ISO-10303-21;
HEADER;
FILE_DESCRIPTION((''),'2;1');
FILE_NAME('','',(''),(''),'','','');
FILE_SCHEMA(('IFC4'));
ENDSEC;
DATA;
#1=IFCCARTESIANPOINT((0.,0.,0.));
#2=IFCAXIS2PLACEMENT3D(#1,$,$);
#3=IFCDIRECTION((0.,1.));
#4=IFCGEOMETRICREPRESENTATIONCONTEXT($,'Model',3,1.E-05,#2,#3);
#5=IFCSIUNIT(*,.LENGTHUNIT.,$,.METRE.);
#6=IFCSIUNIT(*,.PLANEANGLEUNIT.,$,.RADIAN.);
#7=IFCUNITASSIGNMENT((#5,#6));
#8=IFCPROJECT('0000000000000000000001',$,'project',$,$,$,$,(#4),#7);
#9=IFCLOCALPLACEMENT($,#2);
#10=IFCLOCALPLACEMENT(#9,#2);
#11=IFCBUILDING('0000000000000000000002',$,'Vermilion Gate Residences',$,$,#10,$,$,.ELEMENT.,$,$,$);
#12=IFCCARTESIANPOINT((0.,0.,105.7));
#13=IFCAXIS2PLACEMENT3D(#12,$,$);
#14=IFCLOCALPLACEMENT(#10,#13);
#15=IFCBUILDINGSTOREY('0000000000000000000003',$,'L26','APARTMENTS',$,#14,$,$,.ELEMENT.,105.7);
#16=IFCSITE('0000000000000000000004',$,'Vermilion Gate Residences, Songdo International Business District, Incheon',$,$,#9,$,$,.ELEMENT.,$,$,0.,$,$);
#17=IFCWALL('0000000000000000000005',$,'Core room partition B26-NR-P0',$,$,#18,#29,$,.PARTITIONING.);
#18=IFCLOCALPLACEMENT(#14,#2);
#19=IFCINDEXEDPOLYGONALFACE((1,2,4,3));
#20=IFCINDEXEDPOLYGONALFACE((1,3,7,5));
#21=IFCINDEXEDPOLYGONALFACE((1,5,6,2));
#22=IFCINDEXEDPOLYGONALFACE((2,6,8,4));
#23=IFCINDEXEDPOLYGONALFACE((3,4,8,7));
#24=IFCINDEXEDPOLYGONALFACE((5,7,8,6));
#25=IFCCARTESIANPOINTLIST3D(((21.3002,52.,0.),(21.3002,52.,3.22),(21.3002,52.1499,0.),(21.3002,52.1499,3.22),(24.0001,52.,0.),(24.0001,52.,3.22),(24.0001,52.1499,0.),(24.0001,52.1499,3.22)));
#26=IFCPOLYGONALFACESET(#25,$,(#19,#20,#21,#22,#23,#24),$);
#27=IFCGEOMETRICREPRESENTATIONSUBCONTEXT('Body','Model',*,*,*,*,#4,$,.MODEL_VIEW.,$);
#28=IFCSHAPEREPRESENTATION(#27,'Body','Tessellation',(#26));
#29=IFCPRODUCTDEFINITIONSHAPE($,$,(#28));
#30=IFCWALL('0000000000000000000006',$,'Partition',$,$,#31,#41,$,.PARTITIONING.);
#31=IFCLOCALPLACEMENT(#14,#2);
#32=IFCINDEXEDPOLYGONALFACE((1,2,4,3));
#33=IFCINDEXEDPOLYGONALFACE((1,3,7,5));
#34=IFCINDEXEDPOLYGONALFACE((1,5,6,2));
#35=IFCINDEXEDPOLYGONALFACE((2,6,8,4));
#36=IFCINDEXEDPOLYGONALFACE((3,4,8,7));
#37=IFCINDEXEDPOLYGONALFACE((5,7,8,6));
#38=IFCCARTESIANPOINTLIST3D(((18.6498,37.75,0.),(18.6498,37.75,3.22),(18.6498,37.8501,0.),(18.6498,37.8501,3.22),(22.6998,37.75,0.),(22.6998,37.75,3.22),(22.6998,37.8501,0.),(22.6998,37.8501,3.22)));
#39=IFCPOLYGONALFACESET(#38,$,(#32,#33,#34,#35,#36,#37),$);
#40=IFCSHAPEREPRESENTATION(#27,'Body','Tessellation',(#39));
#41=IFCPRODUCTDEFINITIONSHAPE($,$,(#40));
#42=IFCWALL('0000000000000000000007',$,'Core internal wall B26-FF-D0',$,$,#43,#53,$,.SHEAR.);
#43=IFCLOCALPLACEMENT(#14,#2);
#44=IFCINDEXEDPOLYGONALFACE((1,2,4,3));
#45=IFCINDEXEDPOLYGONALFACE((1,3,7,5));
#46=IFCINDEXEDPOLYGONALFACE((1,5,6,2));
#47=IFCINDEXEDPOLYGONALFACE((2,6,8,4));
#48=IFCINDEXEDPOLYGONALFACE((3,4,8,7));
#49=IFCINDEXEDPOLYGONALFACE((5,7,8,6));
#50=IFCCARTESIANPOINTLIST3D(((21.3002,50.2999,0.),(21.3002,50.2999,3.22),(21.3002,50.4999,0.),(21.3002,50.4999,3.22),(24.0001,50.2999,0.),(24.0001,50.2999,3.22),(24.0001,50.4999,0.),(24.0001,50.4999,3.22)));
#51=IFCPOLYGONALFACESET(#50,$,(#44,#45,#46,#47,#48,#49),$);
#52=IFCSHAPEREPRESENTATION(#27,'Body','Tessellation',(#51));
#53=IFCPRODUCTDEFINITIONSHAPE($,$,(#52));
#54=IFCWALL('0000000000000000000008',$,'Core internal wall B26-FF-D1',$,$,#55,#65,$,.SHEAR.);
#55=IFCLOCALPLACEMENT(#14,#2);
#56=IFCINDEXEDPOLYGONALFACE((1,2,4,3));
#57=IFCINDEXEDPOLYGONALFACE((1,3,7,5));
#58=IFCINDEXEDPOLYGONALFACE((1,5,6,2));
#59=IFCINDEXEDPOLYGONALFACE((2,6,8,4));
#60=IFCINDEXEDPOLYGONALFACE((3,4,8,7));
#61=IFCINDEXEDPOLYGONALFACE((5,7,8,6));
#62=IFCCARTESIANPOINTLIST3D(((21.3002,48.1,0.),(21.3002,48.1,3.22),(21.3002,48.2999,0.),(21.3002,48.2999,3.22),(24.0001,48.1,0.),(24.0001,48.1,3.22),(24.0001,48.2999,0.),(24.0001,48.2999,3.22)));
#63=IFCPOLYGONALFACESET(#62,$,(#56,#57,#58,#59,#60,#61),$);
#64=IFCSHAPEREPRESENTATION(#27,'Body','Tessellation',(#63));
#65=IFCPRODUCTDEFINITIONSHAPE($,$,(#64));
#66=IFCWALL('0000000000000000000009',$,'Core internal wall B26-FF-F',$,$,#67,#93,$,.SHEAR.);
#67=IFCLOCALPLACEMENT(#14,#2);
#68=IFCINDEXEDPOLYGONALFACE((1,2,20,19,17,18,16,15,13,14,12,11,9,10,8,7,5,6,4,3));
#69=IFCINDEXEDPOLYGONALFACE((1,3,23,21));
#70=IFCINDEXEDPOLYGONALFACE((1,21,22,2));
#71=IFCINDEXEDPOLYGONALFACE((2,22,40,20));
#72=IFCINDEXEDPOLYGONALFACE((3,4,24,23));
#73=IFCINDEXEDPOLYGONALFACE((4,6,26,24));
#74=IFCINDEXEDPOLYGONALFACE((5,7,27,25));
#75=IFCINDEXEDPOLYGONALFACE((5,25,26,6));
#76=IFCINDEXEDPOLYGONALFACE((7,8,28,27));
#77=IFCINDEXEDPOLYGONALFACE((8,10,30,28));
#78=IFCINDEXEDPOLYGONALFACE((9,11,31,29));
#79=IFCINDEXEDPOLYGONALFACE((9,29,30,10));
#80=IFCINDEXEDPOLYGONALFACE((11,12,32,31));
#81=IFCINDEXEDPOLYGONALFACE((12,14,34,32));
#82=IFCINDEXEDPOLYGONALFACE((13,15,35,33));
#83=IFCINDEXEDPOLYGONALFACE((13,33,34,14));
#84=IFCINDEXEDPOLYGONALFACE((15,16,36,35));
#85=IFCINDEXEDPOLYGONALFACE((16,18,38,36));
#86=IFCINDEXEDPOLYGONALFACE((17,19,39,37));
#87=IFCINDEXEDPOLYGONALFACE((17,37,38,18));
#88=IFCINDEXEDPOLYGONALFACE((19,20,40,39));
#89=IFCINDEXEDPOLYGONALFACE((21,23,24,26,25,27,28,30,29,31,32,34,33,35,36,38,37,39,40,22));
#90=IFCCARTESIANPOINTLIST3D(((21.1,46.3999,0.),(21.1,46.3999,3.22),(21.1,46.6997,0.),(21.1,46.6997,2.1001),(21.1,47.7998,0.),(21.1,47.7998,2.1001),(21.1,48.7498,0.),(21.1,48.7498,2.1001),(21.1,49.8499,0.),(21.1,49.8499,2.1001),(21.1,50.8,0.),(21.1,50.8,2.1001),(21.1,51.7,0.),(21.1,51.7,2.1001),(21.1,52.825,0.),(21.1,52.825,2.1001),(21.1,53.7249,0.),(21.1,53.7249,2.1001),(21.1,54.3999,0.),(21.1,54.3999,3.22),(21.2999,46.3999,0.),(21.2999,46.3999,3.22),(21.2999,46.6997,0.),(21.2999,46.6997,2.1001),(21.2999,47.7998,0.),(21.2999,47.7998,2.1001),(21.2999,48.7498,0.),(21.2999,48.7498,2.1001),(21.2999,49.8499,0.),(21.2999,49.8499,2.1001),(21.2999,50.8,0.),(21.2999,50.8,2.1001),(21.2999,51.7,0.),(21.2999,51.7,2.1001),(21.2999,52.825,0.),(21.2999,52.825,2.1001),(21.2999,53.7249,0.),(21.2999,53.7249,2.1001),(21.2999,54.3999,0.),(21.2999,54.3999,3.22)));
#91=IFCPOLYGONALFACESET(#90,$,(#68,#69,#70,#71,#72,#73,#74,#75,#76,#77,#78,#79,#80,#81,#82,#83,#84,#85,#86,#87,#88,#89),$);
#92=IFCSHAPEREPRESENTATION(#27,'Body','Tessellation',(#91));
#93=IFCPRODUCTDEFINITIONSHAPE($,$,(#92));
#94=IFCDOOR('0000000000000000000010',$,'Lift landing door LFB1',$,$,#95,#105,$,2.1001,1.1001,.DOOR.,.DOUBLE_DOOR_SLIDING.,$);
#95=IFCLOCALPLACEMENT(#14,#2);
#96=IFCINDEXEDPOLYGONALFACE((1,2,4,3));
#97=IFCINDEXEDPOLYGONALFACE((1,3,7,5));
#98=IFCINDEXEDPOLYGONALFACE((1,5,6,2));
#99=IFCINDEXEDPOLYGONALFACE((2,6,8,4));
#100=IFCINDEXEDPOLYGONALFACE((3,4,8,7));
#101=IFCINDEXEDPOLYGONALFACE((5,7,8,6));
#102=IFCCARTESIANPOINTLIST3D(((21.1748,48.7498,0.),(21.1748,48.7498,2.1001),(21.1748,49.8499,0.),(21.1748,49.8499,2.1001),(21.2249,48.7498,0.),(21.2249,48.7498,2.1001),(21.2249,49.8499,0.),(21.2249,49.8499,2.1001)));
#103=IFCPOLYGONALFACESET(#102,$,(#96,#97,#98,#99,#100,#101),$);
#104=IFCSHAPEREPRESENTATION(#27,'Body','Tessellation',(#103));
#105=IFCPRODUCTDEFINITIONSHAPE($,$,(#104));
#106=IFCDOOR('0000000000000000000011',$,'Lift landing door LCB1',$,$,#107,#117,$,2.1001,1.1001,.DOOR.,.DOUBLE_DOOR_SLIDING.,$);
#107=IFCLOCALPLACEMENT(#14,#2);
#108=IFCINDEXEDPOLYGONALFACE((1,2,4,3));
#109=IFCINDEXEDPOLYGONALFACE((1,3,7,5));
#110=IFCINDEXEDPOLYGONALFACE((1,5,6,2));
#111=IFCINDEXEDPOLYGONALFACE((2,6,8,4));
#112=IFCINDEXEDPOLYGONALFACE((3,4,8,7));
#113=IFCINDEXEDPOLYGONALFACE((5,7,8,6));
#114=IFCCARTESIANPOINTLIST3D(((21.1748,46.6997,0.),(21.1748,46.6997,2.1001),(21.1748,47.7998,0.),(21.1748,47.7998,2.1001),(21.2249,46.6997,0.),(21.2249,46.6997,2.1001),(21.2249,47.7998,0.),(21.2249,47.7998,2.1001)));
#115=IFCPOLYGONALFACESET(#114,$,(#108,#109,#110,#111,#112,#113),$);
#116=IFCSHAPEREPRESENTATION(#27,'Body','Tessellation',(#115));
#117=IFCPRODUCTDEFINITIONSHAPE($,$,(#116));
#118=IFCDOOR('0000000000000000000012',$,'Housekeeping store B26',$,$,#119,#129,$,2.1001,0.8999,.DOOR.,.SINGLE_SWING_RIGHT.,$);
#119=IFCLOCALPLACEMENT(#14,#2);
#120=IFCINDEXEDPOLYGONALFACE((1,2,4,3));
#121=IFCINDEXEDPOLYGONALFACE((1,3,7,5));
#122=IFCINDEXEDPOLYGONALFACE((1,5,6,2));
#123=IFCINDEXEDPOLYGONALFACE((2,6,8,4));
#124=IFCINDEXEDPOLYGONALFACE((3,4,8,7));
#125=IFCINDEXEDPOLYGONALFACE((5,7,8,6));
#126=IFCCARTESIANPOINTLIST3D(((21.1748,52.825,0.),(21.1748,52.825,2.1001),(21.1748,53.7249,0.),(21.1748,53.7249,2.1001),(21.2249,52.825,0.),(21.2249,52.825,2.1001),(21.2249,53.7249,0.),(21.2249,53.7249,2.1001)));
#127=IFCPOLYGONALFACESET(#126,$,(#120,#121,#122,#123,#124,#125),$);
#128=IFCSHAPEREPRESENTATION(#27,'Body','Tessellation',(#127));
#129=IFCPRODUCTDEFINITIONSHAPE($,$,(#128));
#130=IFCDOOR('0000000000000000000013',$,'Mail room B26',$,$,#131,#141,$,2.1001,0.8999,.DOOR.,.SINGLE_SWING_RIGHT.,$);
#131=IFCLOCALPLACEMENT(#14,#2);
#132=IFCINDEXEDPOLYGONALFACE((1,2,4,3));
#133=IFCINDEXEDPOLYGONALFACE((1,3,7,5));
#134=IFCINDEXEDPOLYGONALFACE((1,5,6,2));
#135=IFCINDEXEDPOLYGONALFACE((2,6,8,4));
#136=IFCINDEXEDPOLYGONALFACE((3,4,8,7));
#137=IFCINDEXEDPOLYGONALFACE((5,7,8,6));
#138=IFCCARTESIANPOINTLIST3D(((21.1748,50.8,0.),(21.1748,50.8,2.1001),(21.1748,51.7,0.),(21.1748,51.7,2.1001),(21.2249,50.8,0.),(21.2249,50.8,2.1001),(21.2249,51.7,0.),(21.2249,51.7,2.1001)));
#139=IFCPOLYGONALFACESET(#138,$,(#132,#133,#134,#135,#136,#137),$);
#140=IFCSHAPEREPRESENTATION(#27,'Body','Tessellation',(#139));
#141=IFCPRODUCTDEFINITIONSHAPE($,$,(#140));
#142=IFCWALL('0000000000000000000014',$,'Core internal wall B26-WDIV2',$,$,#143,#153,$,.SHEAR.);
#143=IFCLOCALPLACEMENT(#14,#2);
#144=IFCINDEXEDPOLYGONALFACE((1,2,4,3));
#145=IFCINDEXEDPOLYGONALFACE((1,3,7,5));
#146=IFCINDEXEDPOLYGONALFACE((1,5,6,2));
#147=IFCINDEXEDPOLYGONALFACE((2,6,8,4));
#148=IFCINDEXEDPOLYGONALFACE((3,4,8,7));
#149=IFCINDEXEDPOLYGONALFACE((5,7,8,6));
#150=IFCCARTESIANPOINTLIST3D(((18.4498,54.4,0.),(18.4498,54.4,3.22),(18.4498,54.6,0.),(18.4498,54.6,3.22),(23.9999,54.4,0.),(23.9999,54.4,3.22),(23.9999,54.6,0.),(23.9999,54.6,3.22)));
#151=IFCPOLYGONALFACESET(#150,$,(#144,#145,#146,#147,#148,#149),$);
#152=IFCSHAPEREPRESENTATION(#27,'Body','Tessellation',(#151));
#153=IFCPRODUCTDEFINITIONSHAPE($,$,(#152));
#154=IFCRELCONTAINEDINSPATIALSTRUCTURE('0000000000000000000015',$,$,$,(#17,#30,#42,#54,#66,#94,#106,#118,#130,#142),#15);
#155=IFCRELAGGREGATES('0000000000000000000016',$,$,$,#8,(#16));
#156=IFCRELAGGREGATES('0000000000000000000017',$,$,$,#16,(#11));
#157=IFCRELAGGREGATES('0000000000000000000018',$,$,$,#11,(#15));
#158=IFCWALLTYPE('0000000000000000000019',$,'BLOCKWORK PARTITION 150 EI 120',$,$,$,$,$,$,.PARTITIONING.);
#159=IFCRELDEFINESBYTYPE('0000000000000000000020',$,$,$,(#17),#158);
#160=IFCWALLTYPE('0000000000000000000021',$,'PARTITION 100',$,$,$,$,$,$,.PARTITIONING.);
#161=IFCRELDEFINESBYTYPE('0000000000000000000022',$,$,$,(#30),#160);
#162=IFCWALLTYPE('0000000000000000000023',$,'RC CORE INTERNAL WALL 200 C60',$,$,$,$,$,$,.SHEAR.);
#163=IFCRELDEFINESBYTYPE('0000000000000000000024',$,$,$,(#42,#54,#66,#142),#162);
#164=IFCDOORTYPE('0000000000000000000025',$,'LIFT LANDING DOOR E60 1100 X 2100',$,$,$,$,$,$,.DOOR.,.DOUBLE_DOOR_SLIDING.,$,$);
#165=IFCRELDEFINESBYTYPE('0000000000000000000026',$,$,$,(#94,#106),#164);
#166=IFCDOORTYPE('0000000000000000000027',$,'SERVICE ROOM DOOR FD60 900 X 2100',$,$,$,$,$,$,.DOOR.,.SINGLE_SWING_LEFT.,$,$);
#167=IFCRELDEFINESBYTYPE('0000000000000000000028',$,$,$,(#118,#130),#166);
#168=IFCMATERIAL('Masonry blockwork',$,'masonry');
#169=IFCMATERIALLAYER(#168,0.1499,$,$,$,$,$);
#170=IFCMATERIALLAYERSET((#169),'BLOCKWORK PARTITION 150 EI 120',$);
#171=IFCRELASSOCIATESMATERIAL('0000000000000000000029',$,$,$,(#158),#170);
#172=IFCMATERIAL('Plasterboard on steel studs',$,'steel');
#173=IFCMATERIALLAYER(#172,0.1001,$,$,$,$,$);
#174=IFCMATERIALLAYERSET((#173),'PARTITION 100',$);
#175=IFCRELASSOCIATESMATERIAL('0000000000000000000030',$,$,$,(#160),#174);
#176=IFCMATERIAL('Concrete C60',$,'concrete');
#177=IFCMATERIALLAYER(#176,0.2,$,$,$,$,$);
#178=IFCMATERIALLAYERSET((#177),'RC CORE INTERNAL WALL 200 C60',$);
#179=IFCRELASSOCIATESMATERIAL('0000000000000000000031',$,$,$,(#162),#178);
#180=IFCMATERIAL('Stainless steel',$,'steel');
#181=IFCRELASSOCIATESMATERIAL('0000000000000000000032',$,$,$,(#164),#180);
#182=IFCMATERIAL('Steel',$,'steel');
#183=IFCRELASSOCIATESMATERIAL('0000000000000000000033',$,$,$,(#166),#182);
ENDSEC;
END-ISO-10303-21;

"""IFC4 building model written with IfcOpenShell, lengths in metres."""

from ifc_helpers import new_model, si_unit, direction, frame, frame_2d, origin, place, context, subcontext, project, spatial, rectangle, extrude, material, layer, layer_set, type_object, element, fill, save


model = new_model("IFC4")

# Units and contexts
model_context = context("Model", 3, precision=1e-05, world=origin(), true_north=direction((0.0, 1.0)))
body_context = subcontext(model_context, "Body", "Model", "MODEL_VIEW")
ifc_project = project(units=[si_unit("LENGTHUNIT", "METRE"), si_unit("PLANEANGLEUNIT", "RADIAN")], contexts=[model_context])

# Site, building, storey
site_placement = place(None, origin())
site = spatial("IfcSite", under=ifc_project, at=site_placement, Name="Vermilion Gate Residences, Songdo International Business District, Incheon", CompositionType="ELEMENT", RefElevation=0.0)
building_placement = place(site_placement, origin())
building = spatial("IfcBuilding", under=site, at=building_placement, Name="Vermilion Gate Residences", CompositionType="ELEMENT")
storey_placement = place(building_placement, frame((0.0, 0.0, 105.7)))
storey = spatial("IfcBuildingStorey", under=building, at=storey_placement, Name="L26", Description="APARTMENTS", CompositionType="ELEMENT", Elevation=105.7)

# Walls
ifc_material_1 = material(Name="Masonry blockwork", Category="masonry")
ifc_layer_1 = layer(ifc_material_1, 0.1499)
ifc_layer_set_1 = layer_set([ifc_layer_1], Name="BLOCKWORK PARTITION 150 EI 120")
wall_type_1 = type_object("IfcWallType", Name="BLOCKWORK PARTITION 150 EI 120", PredefinedType="PARTITIONING", material=ifc_layer_set_1)
wall_1_placement = place(storey_placement, frame((21.3, 52.075, 0.0), z_axis=(0.0, 0.0, 1.0), x_axis=(1.0, 0.0, 0.0)))
element("IfcWall", 1, at=wall_1_placement, inside=storey, type_object=wall_type_1, Name="Core room partition B26-NR-P0", PredefinedType="PARTITIONING", context=body_context, shape_type="SweptSolid", body=[
    extrude(rectangle(XDim=2.7, YDim=0.1499, at=frame_2d((1.3501, 0.0))), origin(), (0.0, 0.0, 1.0), 3.22),
])
ifc_material_2 = material(Name="Plasterboard on steel studs", Category="steel")
ifc_layer_2 = layer(ifc_material_2, 0.1001)
ifc_layer_set_2 = layer_set([ifc_layer_2], Name="PARTITION 100")
wall_type_2 = type_object("IfcWallType", Name="PARTITION 100", PredefinedType="PARTITIONING", material=ifc_layer_set_2)
wall_2_placement = place(storey_placement, frame((18.6499, 37.8, 0.0), z_axis=(0.0, 0.0, 1.0), x_axis=(1.0, 0.0, 0.0)))
element("IfcWall", 2, at=wall_2_placement, inside=storey, type_object=wall_type_2, Name="Partition", PredefinedType="PARTITIONING", context=body_context, shape_type="SweptSolid", body=[
    extrude(rectangle(XDim=4.05, YDim=0.1001, at=frame_2d((2.0249, 0.0))), origin(), (0.0, 0.0, 1.0), 3.22),
])
ifc_material_3 = material(Name="Concrete C60", Category="concrete")
ifc_layer_3 = layer(ifc_material_3, 0.2)
ifc_layer_set_3 = layer_set([ifc_layer_3], Name="RC CORE INTERNAL WALL 200 C60")
wall_type_3 = type_object("IfcWallType", Name="RC CORE INTERNAL WALL 200 C60", PredefinedType="SHEAR", material=ifc_layer_set_3)
for number, where, z_axis, x_axis, name in (
    (3, (21.3, 50.3999, 0.0), (0.0, 0.0, 1.0), (1.0, 0.0, 0.0), "Core internal wall B26-FF-D0"),
    (4, (21.3, 48.2, 0.0), (0.0, 0.0, 1.0), (1.0, 0.0, 0.0), "Core internal wall B26-FF-D1"),
):
    element("IfcWall", number, at=place(storey_placement, frame(where, z_axis=z_axis, x_axis=x_axis)), inside=storey, type_object=wall_type_3, Name=name, PredefinedType="SHEAR", context=body_context, shape_type="SweptSolid", body=[
        extrude(rectangle(XDim=2.7, YDim=0.2, at=frame_2d((1.3501, 0.0))), origin(), (0.0, 0.0, 1.0), 3.22),
    ])

# Wall, openings, doors
wall_3_placement = place(storey_placement, frame((21.2, 54.3999, 0.0), z_axis=(0.0, 0.0, 1.0), x_axis=(0.0, -1.0, 0.0)))
wall_3 = element("IfcWall", 5, at=wall_3_placement, inside=storey, type_object=wall_type_3, Name="Core internal wall B26-FF-F", PredefinedType="SHEAR", context=body_context, shape_type="SweptSolid", body=[
    extrude(rectangle(XDim=8.0, YDim=0.2, at=frame_2d((4.0, 0.0))), origin(), (0.0, 0.0, 1.0), 3.22),
])
opening_1_placement = place(wall_3_placement, frame((0.675, 0.0, 0.0)))
opening_1 = element("IfcOpeningElement", 6, at=opening_1_placement, cuts=wall_3, PredefinedType="OPENING", context=body_context, shape_type="SweptSolid", body=[
    extrude(rectangle(XDim=0.8999, YDim=2.1001, at=frame_2d((0.45, 1.05))), frame((0.0, 0.1099, 0.0), z_axis=(0.0, -1.0, 0.0), x_axis=(1.0, 0.0, 0.0)), (0.0, 0.0, 1.0), 0.22),
])
opening_2_placement = place(wall_3_placement, frame((2.7, 0.0, 0.0)))
opening_2 = element("IfcOpeningElement", 7, at=opening_2_placement, cuts=wall_3, PredefinedType="OPENING", context=body_context, shape_type="SweptSolid", body=[
    extrude(rectangle(XDim=0.8999, YDim=2.1001, at=frame_2d((0.45, 1.05))), frame((0.0, 0.1099, 0.0), z_axis=(0.0, -1.0, 0.0), x_axis=(1.0, 0.0, 0.0)), (0.0, 0.0, 1.0), 0.22),
])
opening_3_placement = place(wall_3_placement, frame((4.55, 0.0, 0.0)))
opening_3 = element("IfcOpeningElement", 8, at=opening_3_placement, cuts=wall_3, PredefinedType="OPENING", context=body_context, shape_type="SweptSolid", body=[
    extrude(rectangle(XDim=1.1001, YDim=2.1001, at=frame_2d((0.55, 1.05))), frame((0.0, 0.1099, 0.0), z_axis=(0.0, -1.0, 0.0), x_axis=(1.0, 0.0, 0.0)), (0.0, 0.0, 1.0), 0.22),
])
opening_4_placement = place(wall_3_placement, frame((6.6001, 0.0, 0.0)))
opening_4 = element("IfcOpeningElement", 9, at=opening_4_placement, cuts=wall_3, PredefinedType="OPENING", context=body_context, shape_type="SweptSolid", body=[
    extrude(rectangle(XDim=1.1001, YDim=2.1001, at=frame_2d((0.55, 1.05))), frame((0.0, 0.1099, 0.0), z_axis=(0.0, -1.0, 0.0), x_axis=(1.0, 0.0, 0.0)), (0.0, 0.0, 1.0), 0.22),
])
ifc_material_4 = material(Name="Stainless steel", Category="steel")
door_type_1 = type_object("IfcDoorType", Name="LIFT LANDING DOOR E60 1100 X 2100", OperationType="DOUBLE_DOOR_SLIDING", PredefinedType="DOOR", material=ifc_material_4)
door_1_placement = place(opening_3_placement, origin())
door_1 = element("IfcDoor", 10, at=door_1_placement, inside=storey, type_object=door_type_1, Name="Lift landing door LFB1", OperationType="DOUBLE_DOOR_SLIDING", OverallHeight=2.1001, OverallWidth=1.1001, PredefinedType="DOOR", context=body_context, shape_type="SweptSolid", body=[
    extrude(rectangle(XDim=1.1001, YDim=2.1001, at=frame_2d((0.55, 1.05))), frame((0.0, 0.0249, 0.0), z_axis=(0.0, -1.0, 0.0), x_axis=(1.0, 0.0, 0.0)), (0.0, 0.0, 1.0), 0.05),
])
fill(opening_3, door_1)
door_2_placement = place(opening_4_placement, origin())
door_2 = element("IfcDoor", 11, at=door_2_placement, inside=storey, type_object=door_type_1, Name="Lift landing door LCB1", OperationType="DOUBLE_DOOR_SLIDING", OverallHeight=2.1001, OverallWidth=1.1001, PredefinedType="DOOR", context=body_context, shape_type="SweptSolid", body=[
    extrude(rectangle(XDim=1.1001, YDim=2.1001, at=frame_2d((0.55, 1.05))), frame((0.0, 0.0249, 0.0), z_axis=(0.0, -1.0, 0.0), x_axis=(1.0, 0.0, 0.0)), (0.0, 0.0, 1.0), 0.05),
])
fill(opening_4, door_2)
ifc_material_5 = material(Name="Steel", Category="steel")
door_type_2 = type_object("IfcDoorType", Name="SERVICE ROOM DOOR FD60 900 X 2100", OperationType="SINGLE_SWING_LEFT", PredefinedType="DOOR", material=ifc_material_5)
door_3_placement = place(opening_1_placement, origin())
door_3 = element("IfcDoor", 12, at=door_3_placement, inside=storey, type_object=door_type_2, Name="Housekeeping store B26", OperationType="SINGLE_SWING_RIGHT", OverallHeight=2.1001, OverallWidth=0.8999, PredefinedType="DOOR", context=body_context, shape_type="SweptSolid", body=[
    extrude(rectangle(XDim=0.8999, YDim=2.1001, at=frame_2d((0.45, 1.05))), frame((0.0, 0.0249, 0.0), z_axis=(0.0, -1.0, 0.0), x_axis=(1.0, 0.0, 0.0)), (0.0, 0.0, 1.0), 0.05),
])
fill(opening_1, door_3)
door_4_placement = place(opening_2_placement, origin())
door_4 = element("IfcDoor", 13, at=door_4_placement, inside=storey, type_object=door_type_2, Name="Mail room B26", OperationType="SINGLE_SWING_RIGHT", OverallHeight=2.1001, OverallWidth=0.8999, PredefinedType="DOOR", context=body_context, shape_type="SweptSolid", body=[
    extrude(rectangle(XDim=0.8999, YDim=2.1001, at=frame_2d((0.45, 1.05))), frame((0.0, 0.0249, 0.0), z_axis=(0.0, -1.0, 0.0), x_axis=(1.0, 0.0, 0.0)), (0.0, 0.0, 1.0), 0.05),
])
fill(opening_2, door_4)

# Wall
wall_4_placement = place(storey_placement, frame((18.45, 54.5, 0.0), z_axis=(0.0, 0.0, 1.0), x_axis=(1.0, 0.0, 0.0)))
element("IfcWall", 14, at=wall_4_placement, inside=storey, type_object=wall_type_3, Name="Core internal wall B26-WDIV2", PredefinedType="SHEAR", context=body_context, shape_type="SweptSolid", body=[
    extrude(rectangle(XDim=5.55, YDim=0.2, at=frame_2d((2.7749, 0.0))), origin(), (0.0, 0.0, 1.0), 3.22),
])

save(model, "model.ifc")
